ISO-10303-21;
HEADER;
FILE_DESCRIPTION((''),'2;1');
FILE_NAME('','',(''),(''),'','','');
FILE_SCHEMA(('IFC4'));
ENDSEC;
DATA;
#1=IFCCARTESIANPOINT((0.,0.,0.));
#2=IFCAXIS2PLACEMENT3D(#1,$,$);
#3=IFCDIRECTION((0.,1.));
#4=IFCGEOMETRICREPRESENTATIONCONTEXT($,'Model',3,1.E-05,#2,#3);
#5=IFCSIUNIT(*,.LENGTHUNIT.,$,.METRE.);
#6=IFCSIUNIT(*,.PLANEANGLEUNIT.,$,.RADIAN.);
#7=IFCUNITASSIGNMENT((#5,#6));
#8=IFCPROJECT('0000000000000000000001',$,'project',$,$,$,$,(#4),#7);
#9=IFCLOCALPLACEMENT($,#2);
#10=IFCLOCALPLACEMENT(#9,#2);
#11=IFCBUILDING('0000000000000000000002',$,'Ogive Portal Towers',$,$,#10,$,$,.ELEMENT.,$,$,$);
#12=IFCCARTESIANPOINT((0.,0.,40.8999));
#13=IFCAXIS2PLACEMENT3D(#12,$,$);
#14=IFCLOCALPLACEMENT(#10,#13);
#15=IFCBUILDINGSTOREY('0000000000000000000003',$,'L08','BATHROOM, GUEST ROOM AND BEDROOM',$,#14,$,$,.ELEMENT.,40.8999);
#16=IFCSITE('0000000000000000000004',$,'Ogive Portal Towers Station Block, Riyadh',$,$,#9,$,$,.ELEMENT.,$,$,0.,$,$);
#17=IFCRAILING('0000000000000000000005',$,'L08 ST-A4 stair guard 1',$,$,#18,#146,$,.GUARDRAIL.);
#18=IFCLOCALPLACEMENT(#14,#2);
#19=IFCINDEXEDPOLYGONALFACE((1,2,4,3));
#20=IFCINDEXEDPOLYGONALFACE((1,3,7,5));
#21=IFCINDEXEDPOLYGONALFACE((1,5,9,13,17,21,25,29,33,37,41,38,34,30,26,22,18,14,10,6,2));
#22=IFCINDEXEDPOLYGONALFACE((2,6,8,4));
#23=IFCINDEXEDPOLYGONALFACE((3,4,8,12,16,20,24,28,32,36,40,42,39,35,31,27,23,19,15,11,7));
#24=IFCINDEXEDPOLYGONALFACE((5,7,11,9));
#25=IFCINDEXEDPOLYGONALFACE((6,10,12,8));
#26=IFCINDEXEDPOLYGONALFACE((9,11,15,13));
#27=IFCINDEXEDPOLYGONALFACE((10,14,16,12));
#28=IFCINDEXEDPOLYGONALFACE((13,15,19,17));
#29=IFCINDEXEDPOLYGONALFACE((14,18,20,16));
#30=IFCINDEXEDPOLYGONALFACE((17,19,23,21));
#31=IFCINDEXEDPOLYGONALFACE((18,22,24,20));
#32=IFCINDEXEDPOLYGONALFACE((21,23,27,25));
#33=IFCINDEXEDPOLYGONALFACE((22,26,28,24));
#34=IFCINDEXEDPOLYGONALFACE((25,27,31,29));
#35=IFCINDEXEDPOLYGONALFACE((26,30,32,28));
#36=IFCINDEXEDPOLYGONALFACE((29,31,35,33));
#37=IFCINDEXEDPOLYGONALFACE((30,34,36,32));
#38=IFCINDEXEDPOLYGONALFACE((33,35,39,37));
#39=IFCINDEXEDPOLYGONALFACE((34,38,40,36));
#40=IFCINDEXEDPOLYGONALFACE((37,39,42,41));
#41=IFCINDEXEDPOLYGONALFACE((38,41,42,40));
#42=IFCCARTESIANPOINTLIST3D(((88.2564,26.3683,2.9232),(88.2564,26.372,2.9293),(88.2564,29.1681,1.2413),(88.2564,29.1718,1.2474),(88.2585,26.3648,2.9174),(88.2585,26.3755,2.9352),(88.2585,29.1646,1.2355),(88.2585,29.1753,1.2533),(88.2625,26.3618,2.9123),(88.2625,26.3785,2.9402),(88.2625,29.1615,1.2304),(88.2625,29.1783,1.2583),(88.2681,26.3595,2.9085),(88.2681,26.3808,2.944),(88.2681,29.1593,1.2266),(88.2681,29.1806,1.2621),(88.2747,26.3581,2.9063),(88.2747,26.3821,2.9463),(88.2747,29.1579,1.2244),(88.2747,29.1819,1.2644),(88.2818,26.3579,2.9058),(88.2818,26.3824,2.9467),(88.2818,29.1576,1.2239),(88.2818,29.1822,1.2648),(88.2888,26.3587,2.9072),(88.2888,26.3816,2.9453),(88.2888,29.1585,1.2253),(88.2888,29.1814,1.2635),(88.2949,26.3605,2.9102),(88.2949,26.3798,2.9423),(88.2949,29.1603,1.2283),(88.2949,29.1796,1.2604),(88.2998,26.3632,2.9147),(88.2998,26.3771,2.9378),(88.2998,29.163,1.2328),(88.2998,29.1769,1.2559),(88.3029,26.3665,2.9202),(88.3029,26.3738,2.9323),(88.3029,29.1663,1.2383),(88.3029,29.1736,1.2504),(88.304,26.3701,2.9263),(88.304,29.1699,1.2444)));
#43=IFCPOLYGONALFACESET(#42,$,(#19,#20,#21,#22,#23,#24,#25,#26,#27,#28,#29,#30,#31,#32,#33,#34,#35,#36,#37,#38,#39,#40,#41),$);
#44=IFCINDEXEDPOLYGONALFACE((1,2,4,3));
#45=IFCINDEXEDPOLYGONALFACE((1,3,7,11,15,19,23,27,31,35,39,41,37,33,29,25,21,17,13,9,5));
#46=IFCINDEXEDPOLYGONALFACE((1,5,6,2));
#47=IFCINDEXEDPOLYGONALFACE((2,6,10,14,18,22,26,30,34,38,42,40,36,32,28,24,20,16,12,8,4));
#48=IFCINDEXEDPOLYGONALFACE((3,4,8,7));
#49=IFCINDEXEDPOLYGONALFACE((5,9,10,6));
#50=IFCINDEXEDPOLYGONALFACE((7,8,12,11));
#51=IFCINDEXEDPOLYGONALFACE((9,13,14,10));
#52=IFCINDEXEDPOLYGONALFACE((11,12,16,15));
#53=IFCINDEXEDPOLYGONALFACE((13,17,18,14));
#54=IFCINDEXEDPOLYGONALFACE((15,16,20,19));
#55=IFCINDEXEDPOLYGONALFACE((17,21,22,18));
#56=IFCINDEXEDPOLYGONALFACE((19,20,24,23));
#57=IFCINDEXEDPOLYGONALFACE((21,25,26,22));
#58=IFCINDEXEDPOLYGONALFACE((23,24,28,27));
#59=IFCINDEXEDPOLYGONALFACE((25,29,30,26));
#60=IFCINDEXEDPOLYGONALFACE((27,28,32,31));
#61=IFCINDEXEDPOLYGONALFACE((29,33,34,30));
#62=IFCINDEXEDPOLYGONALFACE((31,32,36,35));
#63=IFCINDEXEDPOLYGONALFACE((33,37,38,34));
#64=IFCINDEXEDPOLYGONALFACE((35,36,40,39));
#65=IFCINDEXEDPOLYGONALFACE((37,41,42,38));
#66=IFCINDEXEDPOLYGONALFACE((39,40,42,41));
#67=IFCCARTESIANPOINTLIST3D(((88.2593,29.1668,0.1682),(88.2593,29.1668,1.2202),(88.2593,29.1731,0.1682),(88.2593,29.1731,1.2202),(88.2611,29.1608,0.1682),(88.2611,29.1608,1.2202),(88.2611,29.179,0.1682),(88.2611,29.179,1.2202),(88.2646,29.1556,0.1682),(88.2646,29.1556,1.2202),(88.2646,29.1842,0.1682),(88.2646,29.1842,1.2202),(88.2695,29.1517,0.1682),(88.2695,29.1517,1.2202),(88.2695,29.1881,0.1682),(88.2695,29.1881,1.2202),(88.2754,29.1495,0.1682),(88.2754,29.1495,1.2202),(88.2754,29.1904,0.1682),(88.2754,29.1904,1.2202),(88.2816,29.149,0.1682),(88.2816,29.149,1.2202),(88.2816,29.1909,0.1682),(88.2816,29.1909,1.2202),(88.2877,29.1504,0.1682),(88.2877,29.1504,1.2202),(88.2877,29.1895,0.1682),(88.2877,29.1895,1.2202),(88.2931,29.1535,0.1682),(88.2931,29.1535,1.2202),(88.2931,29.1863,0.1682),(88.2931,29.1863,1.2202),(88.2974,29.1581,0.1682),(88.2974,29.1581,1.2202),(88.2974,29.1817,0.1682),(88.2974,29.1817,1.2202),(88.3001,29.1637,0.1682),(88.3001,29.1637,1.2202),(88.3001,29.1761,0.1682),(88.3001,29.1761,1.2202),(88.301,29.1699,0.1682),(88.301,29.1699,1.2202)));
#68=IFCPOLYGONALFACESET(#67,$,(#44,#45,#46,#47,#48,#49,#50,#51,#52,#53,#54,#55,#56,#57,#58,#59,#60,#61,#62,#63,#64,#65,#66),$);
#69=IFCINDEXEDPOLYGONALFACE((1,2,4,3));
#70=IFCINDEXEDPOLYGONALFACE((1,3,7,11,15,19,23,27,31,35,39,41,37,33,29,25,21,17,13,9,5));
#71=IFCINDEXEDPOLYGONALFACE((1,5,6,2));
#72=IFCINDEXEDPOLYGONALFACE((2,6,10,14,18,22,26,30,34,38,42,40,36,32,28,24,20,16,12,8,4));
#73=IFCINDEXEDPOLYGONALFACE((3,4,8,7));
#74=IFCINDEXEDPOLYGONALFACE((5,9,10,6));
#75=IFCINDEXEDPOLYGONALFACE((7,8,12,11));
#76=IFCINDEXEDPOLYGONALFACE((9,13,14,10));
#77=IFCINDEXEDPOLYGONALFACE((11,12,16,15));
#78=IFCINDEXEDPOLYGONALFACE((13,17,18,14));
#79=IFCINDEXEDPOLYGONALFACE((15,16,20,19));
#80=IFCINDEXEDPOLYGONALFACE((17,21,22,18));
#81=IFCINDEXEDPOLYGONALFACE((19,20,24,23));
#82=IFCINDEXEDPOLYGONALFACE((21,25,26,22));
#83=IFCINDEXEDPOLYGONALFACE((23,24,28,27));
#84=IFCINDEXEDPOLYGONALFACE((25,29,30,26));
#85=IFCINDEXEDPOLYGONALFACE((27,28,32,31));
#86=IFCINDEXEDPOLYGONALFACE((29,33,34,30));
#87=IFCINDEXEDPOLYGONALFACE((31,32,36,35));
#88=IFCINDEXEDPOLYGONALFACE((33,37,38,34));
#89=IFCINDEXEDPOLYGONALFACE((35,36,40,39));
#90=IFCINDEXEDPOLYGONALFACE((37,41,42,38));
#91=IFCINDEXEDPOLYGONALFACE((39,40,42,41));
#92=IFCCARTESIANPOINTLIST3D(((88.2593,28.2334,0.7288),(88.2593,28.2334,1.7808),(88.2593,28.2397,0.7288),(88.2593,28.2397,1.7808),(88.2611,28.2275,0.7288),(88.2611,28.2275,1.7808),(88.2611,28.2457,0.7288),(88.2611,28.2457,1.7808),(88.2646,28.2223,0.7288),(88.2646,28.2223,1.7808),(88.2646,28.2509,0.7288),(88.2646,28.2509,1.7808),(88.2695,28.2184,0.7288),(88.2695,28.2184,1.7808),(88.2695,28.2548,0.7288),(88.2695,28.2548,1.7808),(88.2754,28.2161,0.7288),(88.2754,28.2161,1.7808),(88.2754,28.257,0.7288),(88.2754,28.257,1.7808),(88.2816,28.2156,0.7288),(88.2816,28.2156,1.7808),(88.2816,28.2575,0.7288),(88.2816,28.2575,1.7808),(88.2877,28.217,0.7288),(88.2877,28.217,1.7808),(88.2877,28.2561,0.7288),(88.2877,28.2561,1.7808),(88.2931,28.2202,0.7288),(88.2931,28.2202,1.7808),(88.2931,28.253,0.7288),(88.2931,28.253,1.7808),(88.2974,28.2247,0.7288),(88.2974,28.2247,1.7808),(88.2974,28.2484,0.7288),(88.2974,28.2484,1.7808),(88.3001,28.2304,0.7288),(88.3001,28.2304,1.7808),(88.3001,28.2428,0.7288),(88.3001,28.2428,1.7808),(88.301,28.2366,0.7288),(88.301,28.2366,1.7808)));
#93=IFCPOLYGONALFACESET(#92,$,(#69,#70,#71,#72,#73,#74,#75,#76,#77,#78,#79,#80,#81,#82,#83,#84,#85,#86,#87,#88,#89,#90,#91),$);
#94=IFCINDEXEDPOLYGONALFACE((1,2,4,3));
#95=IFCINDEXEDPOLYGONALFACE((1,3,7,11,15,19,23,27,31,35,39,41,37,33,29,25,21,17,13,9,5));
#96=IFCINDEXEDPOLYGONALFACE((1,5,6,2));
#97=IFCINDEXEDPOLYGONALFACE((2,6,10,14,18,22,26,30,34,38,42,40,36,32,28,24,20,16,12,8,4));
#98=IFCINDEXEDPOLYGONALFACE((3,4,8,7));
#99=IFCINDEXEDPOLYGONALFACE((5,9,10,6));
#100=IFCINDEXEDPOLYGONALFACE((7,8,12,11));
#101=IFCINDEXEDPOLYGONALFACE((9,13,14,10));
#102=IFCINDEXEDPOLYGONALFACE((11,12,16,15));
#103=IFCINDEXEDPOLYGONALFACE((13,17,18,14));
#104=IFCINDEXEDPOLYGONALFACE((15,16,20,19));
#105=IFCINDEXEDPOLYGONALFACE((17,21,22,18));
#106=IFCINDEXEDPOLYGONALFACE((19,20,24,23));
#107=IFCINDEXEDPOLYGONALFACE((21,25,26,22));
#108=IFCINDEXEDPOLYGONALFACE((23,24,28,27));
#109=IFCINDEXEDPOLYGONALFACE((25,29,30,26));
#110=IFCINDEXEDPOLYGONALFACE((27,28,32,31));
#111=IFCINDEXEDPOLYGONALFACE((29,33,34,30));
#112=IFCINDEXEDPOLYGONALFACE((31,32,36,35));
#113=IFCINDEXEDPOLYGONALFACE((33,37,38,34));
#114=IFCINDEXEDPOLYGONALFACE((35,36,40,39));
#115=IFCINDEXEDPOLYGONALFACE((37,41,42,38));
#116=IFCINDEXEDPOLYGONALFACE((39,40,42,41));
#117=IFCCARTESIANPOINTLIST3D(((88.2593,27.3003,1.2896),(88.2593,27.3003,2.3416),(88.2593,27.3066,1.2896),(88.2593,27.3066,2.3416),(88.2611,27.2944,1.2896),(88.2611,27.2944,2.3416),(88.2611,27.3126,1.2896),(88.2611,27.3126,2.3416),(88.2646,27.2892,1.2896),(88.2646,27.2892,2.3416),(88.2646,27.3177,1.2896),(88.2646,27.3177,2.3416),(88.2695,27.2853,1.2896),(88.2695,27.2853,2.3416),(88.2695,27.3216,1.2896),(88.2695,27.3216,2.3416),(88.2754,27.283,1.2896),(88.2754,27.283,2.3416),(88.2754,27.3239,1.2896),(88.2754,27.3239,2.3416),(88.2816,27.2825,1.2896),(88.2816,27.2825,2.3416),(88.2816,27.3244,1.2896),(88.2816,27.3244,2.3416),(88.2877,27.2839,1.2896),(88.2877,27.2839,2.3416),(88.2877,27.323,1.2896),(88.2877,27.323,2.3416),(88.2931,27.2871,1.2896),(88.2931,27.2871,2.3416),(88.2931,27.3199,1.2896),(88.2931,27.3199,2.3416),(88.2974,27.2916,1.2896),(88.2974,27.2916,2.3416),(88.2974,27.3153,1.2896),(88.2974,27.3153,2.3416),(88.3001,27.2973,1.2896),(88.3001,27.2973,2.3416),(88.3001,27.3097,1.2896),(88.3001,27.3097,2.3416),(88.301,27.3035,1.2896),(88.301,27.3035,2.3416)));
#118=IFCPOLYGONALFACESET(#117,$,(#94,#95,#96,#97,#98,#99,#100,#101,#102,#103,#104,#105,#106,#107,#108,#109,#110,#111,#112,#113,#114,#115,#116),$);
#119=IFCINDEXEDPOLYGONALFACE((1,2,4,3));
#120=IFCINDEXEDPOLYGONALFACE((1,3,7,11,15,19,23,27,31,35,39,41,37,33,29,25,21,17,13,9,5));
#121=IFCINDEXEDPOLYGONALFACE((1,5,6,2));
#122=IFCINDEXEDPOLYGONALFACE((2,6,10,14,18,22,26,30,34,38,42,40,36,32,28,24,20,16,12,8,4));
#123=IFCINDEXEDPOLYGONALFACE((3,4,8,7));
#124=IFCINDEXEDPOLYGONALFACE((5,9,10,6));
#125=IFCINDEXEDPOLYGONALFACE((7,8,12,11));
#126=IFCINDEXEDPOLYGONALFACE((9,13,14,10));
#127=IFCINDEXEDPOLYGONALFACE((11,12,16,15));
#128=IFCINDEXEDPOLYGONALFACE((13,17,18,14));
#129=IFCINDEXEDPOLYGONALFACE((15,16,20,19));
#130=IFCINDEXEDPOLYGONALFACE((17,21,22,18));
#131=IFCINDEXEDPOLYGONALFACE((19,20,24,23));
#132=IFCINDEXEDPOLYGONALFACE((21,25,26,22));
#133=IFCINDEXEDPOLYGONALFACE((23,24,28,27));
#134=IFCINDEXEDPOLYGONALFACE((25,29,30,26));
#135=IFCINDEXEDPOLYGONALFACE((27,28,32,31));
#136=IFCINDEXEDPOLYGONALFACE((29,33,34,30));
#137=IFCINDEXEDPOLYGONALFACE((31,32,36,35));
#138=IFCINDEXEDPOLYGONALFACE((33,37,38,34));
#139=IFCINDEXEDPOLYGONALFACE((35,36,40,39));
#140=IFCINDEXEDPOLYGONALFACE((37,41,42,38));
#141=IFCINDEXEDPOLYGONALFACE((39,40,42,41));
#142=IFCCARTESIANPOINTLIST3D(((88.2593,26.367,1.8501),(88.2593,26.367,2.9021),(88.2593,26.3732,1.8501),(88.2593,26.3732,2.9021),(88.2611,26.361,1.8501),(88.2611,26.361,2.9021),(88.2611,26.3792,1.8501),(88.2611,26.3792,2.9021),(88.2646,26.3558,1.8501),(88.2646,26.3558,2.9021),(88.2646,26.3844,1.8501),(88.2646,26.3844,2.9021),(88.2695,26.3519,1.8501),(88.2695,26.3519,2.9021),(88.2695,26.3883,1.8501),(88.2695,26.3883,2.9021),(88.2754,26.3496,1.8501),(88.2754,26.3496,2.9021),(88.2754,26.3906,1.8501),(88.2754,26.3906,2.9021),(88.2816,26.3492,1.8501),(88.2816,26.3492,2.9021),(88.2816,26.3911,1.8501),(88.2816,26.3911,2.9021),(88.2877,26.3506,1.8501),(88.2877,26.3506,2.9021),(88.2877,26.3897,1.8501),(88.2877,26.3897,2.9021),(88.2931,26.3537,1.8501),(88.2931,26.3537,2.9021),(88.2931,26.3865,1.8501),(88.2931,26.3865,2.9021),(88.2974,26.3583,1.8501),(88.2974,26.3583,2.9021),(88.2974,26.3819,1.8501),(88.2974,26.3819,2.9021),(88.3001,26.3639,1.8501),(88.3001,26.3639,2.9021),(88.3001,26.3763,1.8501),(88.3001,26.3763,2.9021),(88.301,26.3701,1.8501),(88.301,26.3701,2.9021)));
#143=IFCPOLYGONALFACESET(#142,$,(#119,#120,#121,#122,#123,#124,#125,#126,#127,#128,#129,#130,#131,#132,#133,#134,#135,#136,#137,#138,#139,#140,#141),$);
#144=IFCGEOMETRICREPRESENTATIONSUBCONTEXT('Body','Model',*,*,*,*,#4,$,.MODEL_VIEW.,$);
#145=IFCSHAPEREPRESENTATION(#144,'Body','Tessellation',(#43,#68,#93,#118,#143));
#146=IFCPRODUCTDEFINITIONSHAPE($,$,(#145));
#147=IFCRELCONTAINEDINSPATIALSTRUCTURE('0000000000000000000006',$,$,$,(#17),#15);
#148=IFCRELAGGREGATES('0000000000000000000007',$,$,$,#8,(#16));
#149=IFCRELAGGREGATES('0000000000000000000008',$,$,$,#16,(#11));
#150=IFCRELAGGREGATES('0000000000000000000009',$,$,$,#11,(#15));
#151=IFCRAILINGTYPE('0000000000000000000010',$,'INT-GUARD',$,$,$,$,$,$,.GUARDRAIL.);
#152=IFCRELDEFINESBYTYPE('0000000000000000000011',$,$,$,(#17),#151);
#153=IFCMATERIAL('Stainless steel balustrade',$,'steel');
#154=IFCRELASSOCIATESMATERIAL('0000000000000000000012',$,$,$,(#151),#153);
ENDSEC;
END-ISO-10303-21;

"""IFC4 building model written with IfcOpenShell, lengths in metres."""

from ifc_helpers import new_model, si_unit, direction, frame, origin, origin_2d, place, context, subcontext, project, spatial, circle, extrude, material, type_object, element, save


model = new_model("IFC4")

# Units and contexts
model_context = context("Model", 3, precision=1e-05, world=origin(), true_north=direction((0.0, 1.0)))
body_context = subcontext(model_context, "Body", "Model", "MODEL_VIEW")
ifc_project = project(units=[si_unit("LENGTHUNIT", "METRE"), si_unit("PLANEANGLEUNIT", "RADIAN")], contexts=[model_context])

# Site, building, storey
site_placement = place(None, origin())
site = spatial("IfcSite", under=ifc_project, at=site_placement, Name="Ogive Portal Towers Station Block, Riyadh", CompositionType="ELEMENT", RefElevation=0.0)
building_placement = place(site_placement, origin())
building = spatial("IfcBuilding", under=site, at=building_placement, Name="Ogive Portal Towers", CompositionType="ELEMENT")
storey_placement = place(building_placement, frame((0.0, 0.0, 40.8999)))
storey = spatial("IfcBuildingStorey", under=building, at=storey_placement, Name="L08", Description="BATHROOM, GUEST ROOM AND BEDROOM", CompositionType="ELEMENT", Elevation=40.8999)

# Railing
ifc_material_1 = material(Name="Stainless steel balustrade", Category="steel")
railing_type_1 = type_object("IfcRailingType", Name="INT-GUARD", PredefinedType="GUARDRAIL", material=ifc_material_1)
railing_1_placement = place(storey_placement, frame((88.28, 29.1699, 0.1682)))
element("IfcRailing", 1, at=railing_1_placement, inside=storey, type_object=railing_type_1, Name="L08 ST-A4 stair guard 1", PredefinedType="GUARDRAIL", context=body_context, shape_type="SweptSolid", body=[
    extrude(circle(Radius=0.0239, at=origin_2d()), frame((0.0, 0.0, 1.0762), z_axis=(0.0, -0.857222, 0.514946), x_axis=(1.0, 0.0, 0.0)), (0.0, 0.0, 1.0), 3.2661),
    extrude(circle(Radius=0.021, at=origin_2d()), origin(), (0.0, 0.0, 1.0), 1.052),
    extrude(circle(Radius=0.021, at=origin_2d()), frame((0.0, -0.9333, 0.5605)), (0.0, 0.0, 1.0), 1.052),
    extrude(circle(Radius=0.021, at=origin_2d()), frame((0.0, -1.8665, 1.1213)), (0.0, 0.0, 1.0), 1.052),
    extrude(circle(Radius=0.021, at=origin_2d()), frame((0.0, -2.7998, 1.6819)), (0.0, 0.0, 1.0), 1.052),
])

save(model, "model.ifc")
